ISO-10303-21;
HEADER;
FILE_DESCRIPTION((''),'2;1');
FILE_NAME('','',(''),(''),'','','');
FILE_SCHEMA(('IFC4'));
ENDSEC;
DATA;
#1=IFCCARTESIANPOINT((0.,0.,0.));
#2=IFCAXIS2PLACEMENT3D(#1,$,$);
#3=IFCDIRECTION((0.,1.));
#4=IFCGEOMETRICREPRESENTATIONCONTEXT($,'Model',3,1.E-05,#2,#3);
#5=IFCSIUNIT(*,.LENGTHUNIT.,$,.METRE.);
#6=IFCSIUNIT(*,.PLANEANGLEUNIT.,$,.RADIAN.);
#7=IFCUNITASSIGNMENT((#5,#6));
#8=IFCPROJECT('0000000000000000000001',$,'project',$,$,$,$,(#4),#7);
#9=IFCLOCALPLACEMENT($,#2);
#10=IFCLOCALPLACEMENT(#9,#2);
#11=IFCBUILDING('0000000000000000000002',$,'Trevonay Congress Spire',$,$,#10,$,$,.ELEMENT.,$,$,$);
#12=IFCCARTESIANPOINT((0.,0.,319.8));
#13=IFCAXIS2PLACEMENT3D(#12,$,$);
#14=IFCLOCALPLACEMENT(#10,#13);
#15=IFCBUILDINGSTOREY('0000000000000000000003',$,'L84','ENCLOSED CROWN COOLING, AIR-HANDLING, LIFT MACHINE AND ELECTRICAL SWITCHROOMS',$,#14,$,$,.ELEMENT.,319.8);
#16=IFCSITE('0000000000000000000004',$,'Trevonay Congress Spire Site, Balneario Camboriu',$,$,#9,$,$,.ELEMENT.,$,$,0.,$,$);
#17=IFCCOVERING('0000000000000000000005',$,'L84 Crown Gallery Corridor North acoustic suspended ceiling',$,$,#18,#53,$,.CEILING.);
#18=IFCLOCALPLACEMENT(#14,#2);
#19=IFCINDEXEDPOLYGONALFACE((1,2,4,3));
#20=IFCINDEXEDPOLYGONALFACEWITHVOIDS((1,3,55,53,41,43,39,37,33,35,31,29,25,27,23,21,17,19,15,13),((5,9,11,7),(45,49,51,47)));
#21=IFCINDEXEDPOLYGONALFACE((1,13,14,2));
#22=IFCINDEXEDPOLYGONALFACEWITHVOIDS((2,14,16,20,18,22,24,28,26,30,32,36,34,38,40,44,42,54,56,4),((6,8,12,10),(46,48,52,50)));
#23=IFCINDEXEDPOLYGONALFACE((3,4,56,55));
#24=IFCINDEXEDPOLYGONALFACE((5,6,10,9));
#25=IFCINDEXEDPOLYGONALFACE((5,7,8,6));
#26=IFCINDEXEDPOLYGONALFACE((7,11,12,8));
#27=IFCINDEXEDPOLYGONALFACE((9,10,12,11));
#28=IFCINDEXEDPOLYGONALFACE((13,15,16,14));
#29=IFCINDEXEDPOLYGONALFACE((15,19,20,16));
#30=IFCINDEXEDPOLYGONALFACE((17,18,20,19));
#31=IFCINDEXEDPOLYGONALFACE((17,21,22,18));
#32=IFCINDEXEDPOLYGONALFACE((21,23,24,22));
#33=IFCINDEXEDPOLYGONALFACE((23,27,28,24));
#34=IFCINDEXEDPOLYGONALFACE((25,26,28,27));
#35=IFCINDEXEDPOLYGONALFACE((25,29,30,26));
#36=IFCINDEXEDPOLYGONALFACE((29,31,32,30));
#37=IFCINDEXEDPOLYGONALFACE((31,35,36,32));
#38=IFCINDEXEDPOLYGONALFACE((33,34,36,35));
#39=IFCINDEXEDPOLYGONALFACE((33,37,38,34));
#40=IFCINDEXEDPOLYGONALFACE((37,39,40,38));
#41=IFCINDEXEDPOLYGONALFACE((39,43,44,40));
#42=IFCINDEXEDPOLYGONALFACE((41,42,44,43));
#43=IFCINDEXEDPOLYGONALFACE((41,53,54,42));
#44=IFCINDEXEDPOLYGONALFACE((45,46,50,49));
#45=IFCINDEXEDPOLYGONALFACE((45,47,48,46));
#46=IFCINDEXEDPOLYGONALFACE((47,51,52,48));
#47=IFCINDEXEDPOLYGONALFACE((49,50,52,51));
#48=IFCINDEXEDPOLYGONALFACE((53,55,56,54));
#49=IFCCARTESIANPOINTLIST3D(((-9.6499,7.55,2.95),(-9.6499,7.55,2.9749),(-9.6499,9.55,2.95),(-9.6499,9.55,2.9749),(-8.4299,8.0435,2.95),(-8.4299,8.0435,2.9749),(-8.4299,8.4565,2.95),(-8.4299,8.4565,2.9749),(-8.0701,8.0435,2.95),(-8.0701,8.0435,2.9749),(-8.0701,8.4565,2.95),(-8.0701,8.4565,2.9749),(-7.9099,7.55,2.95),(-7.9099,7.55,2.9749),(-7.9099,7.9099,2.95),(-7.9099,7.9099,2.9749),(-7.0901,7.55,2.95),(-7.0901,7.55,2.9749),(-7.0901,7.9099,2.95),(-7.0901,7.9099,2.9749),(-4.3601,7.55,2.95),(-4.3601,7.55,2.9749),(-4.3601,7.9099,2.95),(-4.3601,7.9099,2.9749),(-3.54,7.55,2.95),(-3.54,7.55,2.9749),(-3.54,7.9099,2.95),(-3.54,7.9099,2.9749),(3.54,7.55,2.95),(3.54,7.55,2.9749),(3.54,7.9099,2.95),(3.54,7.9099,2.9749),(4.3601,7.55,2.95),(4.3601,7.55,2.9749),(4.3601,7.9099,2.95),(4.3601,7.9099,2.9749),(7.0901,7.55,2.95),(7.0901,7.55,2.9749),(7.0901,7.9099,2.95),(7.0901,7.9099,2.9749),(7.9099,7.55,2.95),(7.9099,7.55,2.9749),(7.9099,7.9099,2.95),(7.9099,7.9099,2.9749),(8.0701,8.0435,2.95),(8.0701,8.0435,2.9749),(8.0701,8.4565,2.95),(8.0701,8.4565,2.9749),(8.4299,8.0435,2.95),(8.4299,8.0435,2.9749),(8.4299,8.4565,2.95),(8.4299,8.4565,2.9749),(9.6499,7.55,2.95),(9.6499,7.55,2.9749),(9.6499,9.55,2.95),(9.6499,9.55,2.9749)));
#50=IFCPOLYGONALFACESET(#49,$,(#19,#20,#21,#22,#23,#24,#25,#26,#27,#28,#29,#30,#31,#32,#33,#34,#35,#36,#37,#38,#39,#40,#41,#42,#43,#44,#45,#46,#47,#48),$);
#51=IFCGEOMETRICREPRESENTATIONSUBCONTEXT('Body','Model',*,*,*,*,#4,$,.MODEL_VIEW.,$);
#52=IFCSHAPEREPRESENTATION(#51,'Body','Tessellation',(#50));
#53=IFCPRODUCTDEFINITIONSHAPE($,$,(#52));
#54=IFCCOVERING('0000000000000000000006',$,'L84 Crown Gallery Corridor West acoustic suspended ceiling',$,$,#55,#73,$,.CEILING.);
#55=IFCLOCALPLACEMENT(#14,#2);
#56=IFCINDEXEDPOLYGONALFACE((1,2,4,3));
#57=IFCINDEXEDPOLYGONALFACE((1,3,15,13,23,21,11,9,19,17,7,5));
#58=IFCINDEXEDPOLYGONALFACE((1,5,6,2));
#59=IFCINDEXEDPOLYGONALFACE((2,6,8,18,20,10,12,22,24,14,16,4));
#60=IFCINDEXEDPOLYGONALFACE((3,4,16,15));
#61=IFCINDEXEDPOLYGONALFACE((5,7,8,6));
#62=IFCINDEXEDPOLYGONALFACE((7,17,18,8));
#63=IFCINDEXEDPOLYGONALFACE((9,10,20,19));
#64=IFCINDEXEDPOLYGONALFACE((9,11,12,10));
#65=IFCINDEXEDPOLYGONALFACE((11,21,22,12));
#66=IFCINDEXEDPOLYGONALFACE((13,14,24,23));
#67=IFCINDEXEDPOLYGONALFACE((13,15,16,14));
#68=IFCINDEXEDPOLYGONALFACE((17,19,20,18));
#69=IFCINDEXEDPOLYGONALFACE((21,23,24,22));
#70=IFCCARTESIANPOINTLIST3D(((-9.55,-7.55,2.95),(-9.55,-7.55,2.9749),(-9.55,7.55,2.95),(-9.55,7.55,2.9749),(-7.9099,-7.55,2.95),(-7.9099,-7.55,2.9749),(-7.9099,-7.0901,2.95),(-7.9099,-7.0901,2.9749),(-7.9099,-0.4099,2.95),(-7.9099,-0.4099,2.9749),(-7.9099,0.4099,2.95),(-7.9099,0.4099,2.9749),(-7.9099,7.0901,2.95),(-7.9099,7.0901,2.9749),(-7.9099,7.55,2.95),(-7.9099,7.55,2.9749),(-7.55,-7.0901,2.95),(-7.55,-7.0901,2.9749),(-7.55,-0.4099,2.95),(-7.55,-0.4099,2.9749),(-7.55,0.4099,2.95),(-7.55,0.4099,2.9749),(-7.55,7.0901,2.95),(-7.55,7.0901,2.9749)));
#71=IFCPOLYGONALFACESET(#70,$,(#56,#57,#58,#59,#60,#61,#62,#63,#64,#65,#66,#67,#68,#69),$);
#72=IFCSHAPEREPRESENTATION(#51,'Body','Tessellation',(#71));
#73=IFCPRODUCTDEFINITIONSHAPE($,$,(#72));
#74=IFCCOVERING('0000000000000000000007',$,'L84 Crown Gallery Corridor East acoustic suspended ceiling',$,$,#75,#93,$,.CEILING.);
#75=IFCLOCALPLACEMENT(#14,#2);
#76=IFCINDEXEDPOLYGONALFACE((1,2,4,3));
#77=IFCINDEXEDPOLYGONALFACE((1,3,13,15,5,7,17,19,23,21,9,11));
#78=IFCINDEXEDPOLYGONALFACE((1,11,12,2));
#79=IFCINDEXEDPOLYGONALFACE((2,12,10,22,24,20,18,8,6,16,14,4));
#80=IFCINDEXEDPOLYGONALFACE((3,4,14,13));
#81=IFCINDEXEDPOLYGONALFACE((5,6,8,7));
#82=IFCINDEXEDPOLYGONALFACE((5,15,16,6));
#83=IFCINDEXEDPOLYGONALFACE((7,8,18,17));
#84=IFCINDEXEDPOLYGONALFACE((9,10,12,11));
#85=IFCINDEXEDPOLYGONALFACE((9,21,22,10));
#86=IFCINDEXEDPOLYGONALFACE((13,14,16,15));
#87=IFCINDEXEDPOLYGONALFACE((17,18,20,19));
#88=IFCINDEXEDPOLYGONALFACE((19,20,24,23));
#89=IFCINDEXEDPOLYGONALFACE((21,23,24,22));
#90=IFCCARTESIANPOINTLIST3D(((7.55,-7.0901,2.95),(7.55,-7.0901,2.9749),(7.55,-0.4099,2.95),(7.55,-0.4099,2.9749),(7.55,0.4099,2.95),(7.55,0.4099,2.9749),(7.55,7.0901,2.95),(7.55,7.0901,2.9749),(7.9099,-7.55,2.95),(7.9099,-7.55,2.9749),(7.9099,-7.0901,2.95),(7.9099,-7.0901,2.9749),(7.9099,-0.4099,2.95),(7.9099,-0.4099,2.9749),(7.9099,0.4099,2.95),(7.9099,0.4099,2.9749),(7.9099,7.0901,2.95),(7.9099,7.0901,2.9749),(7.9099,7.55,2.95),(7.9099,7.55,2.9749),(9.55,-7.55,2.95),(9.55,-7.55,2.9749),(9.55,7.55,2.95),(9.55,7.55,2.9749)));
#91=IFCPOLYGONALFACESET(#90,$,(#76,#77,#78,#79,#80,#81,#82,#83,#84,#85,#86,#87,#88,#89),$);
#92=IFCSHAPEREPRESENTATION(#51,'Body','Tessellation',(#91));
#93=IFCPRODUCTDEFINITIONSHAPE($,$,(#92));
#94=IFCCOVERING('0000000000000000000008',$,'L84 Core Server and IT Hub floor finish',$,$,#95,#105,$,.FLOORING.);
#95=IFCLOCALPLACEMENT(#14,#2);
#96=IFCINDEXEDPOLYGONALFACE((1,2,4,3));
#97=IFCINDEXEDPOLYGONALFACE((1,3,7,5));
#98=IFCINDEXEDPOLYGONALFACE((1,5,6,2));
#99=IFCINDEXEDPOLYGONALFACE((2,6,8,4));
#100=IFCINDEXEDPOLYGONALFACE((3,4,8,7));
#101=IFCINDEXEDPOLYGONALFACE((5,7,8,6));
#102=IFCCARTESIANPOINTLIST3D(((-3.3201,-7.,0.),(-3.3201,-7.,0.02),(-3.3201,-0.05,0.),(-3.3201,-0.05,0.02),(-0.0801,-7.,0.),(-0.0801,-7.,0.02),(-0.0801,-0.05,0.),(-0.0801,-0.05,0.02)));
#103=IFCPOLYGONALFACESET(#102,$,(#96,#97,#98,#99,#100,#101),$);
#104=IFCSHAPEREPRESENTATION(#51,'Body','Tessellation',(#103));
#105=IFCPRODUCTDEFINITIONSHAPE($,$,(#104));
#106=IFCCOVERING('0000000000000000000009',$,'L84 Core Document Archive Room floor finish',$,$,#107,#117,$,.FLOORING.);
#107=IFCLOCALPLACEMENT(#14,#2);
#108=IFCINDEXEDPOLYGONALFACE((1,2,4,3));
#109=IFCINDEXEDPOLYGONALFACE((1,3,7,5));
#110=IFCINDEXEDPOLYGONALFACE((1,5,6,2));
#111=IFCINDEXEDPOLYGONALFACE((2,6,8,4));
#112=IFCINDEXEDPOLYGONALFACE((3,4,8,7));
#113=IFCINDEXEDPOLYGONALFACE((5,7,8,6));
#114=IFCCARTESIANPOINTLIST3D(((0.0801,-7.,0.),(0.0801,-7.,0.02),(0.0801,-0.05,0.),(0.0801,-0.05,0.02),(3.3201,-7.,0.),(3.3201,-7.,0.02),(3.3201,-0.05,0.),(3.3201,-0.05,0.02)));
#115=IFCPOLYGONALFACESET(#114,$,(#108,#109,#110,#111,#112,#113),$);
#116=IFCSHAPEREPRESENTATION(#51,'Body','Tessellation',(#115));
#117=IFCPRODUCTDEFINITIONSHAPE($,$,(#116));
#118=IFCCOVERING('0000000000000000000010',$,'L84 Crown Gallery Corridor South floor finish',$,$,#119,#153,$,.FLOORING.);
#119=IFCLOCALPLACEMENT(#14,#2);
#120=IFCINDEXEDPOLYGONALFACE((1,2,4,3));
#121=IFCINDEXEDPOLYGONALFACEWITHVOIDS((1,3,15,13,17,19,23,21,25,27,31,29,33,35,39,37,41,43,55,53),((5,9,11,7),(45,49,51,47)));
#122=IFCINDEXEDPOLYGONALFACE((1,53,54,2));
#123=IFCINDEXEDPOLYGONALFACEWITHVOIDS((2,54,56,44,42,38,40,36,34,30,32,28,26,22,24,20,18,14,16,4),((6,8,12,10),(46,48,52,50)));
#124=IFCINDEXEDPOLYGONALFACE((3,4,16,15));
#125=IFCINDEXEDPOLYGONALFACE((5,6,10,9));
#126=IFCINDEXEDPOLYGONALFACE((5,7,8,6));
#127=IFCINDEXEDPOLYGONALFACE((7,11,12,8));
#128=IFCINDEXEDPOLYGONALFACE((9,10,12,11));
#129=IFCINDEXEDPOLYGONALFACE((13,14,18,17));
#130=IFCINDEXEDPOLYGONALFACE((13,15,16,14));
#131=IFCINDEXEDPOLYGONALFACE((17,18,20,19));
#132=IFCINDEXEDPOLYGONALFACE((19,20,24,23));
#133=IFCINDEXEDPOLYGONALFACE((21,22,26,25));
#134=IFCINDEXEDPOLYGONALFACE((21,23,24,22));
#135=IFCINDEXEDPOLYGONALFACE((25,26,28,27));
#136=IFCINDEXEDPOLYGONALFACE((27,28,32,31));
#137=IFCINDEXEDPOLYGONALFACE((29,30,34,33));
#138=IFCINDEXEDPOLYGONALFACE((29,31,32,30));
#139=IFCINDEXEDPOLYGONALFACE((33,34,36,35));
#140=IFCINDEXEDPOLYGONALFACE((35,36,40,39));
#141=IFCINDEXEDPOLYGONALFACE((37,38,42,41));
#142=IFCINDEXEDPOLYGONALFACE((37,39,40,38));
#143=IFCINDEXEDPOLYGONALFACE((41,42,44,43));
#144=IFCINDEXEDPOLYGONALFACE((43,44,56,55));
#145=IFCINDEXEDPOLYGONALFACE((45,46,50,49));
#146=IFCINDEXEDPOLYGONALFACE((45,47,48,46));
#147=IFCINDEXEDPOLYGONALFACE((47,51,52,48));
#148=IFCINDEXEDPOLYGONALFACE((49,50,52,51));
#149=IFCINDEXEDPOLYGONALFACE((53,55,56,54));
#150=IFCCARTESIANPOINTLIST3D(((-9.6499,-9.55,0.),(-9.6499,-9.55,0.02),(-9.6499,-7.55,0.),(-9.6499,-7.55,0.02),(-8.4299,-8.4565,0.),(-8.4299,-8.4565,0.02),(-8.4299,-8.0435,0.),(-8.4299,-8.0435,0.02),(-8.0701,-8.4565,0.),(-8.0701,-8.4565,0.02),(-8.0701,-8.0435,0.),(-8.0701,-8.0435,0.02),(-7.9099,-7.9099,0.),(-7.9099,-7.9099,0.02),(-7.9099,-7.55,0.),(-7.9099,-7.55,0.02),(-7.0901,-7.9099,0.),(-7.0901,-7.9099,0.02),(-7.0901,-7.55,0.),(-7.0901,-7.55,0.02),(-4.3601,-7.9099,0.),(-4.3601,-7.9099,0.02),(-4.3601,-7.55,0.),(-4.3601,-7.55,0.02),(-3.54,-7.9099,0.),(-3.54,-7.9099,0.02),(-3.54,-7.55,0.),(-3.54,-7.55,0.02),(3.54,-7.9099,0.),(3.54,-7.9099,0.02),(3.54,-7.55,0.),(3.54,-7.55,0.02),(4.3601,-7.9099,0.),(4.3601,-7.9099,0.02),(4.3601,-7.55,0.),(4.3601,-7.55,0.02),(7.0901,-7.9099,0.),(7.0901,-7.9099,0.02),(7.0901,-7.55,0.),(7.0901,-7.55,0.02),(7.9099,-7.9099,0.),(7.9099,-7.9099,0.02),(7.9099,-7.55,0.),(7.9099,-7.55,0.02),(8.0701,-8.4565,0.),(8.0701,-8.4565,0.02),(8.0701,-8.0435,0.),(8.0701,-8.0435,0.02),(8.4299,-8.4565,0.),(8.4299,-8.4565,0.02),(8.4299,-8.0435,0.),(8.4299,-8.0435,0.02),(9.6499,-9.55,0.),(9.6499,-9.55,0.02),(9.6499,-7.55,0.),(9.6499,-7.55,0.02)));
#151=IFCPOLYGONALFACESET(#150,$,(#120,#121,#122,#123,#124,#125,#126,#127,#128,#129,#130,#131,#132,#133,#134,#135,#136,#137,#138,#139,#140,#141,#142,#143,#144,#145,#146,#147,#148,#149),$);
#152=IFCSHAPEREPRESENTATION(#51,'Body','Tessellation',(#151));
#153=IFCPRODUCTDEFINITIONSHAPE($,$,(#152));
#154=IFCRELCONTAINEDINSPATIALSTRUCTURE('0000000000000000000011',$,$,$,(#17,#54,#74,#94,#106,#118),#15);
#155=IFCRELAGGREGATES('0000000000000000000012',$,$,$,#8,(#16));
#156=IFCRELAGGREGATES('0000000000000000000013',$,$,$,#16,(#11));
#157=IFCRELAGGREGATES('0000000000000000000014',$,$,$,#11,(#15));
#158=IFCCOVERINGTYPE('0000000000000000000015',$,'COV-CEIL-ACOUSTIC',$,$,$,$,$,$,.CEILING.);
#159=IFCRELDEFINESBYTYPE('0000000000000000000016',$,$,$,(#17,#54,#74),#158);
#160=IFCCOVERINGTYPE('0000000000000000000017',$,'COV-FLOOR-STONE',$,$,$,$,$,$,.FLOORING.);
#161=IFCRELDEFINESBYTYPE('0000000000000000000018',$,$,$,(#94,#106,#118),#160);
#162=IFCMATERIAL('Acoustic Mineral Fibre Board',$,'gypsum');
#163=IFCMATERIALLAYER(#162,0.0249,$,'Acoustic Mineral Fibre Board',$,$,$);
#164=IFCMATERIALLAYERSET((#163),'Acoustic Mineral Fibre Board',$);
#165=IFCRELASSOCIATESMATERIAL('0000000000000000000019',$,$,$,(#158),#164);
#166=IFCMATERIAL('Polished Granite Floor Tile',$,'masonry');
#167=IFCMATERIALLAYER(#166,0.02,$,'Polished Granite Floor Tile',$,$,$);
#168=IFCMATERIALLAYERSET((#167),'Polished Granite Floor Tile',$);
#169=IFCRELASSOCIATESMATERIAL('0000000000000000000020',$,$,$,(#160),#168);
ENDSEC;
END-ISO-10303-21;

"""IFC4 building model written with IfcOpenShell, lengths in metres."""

from ifc_helpers import new_model, si_unit, direction, frame, origin, place, context, subcontext, project, spatial, polyline, outline, extrude, material, layer, layer_set, type_object, element, save


model = new_model("IFC4")

# Units and contexts
model_context = context("Model", 3, precision=1e-05, world=origin(), true_north=direction((0.0, 1.0)))
body_context = subcontext(model_context, "Body", "Model", "MODEL_VIEW")
ifc_project = project(units=[si_unit("LENGTHUNIT", "METRE"), si_unit("PLANEANGLEUNIT", "RADIAN")], contexts=[model_context])

# Site, building, storey
site_placement = place(None, origin())
site = spatial("IfcSite", under=ifc_project, at=site_placement, Name="Trevonay Congress Spire Site, Balneario Camboriu", CompositionType="ELEMENT", RefElevation=0.0)
building_placement = place(site_placement, origin())
building = spatial("IfcBuilding", under=site, at=building_placement, Name="Trevonay Congress Spire", CompositionType="ELEMENT")
storey_placement = place(building_placement, frame((0.0, 0.0, 319.8)))
storey = spatial("IfcBuildingStorey", under=building, at=storey_placement, Name="L84", Description="ENCLOSED CROWN COOLING, AIR-HANDLING, LIFT MACHINE AND ELECTRICAL SWITCHROOMS", CompositionType="ELEMENT", Elevation=319.8)

# Coverings
ifc_material_1 = material(Name="Acoustic Mineral Fibre Board", Category="gypsum")
ifc_layer_1 = layer(ifc_material_1, 0.0249, Name="Acoustic Mineral Fibre Board")
ifc_layer_set_1 = layer_set([ifc_layer_1], Name="Acoustic Mineral Fibre Board")
covering_type_1 = type_object("IfcCoveringType", Name="COV-CEIL-ACOUSTIC", PredefinedType="CEILING", material=ifc_layer_set_1)
covering_1_placement = place(storey_placement, frame((0.0, 0.0, 2.95)))
element("IfcCovering", 1, at=covering_1_placement, inside=storey, type_object=covering_type_1, Name="L84 Crown Gallery Corridor North acoustic suspended ceiling", PredefinedType="CEILING", context=body_context, shape_type="SweptSolid", body=[
    extrude(outline(polyline([(-9.6499, 7.55), (-9.6499, 9.55), (9.6499, 9.55), (9.6499, 7.55), (7.9099, 7.55), (7.9099, 7.9099), (7.0901, 7.9099), (7.0901, 7.55), (4.3601, 7.55), (4.3601, 7.9099), (3.54, 7.9099), (3.54, 7.55), (-3.54, 7.55), (-3.54, 7.9099), (-4.3601, 7.9099), (-4.3601, 7.55), (-7.0901, 7.55), (-7.0901, 7.9099), (-7.9099, 7.9099), (-7.9099, 7.55), (-9.6499, 7.55)]), holes=[polyline([(-8.0701, 8.4565), (-8.4299, 8.4565), (-8.4299, 8.0435), (-8.0701, 8.0435), (-8.0701, 8.4565)]), polyline([(8.4299, 8.4565), (8.0701, 8.4565), (8.0701, 8.0435), (8.4299, 8.0435), (8.4299, 8.4565)])]), origin(), (0.0, 0.0, 1.0), 0.0249),
])
covering_2_placement = place(storey_placement, frame((0.0, 0.0, 2.95)))
element("IfcCovering", 2, at=covering_2_placement, inside=storey, type_object=covering_type_1, Name="L84 Crown Gallery Corridor West acoustic suspended ceiling", PredefinedType="CEILING", context=body_context, shape_type="SweptSolid", body=[
    extrude(outline(polyline([(-9.55, 7.55), (-7.9099, 7.55), (-7.9099, 7.0901), (-7.55, 7.0901), (-7.55, 0.4099), (-7.9099, 0.4099), (-7.9099, -0.4099), (-7.55, -0.4099), (-7.55, -7.0901), (-7.9099, -7.0901), (-7.9099, -7.55), (-9.55, -7.55), (-9.55, 7.55)])), origin(), (0.0, 0.0, 1.0), 0.0249),
])
covering_3_placement = place(storey_placement, frame((0.0, 0.0, 2.95)))
element("IfcCovering", 3, at=covering_3_placement, inside=storey, type_object=covering_type_1, Name="L84 Crown Gallery Corridor East acoustic suspended ceiling", PredefinedType="CEILING", context=body_context, shape_type="SweptSolid", body=[
    extrude(outline(polyline([(9.55, -7.55), (7.9099, -7.55), (7.9099, -7.0901), (7.55, -7.0901), (7.55, -0.4099), (7.9099, -0.4099), (7.9099, 0.4099), (7.55, 0.4099), (7.55, 7.0901), (7.9099, 7.0901), (7.9099, 7.55), (9.55, 7.55), (9.55, -7.55)])), origin(), (0.0, 0.0, 1.0), 0.0249),
])
ifc_material_2 = material(Name="Polished Granite Floor Tile", Category="masonry")
ifc_layer_2 = layer(ifc_material_2, 0.02, Name="Polished Granite Floor Tile")
ifc_layer_set_2 = layer_set([ifc_layer_2], Name="Polished Granite Floor Tile")
covering_type_2 = type_object("IfcCoveringType", Name="COV-FLOOR-STONE", PredefinedType="FLOORING", material=ifc_layer_set_2)
covering_4_placement = place(storey_placement, origin())
element("IfcCovering", 4, at=covering_4_placement, inside=storey, type_object=covering_type_2, Name="L84 Core Server and IT Hub floor finish", PredefinedType="FLOORING", context=body_context, shape_type="SweptSolid", body=[
    extrude(outline(polyline([(-3.3201, -7.0), (-0.0801, -7.0), (-0.0801, -0.05), (-3.3201, -0.05), (-3.3201, -7.0)])), origin(), (0.0, 0.0, 1.0), 0.02),
])
covering_5_placement = place(storey_placement, origin())
element("IfcCovering", 5, at=covering_5_placement, inside=storey, type_object=covering_type_2, Name="L84 Core Document Archive Room floor finish", PredefinedType="FLOORING", context=body_context, shape_type="SweptSolid", body=[
    extrude(outline(polyline([(0.0801, -7.0), (3.3201, -7.0), (3.3201, -0.05), (0.0801, -0.05), (0.0801, -7.0)])), origin(), (0.0, 0.0, 1.0), 0.02),
])
covering_6_placement = place(storey_placement, origin())
element("IfcCovering", 6, at=covering_6_placement, inside=storey, type_object=covering_type_2, Name="L84 Crown Gallery Corridor South floor finish", PredefinedType="FLOORING", context=body_context, shape_type="SweptSolid", body=[
    extrude(outline(polyline([(9.6499, -7.55), (9.6499, -9.55), (-9.6499, -9.55), (-9.6499, -7.55), (-7.9099, -7.55), (-7.9099, -7.9099), (-7.0901, -7.9099), (-7.0901, -7.55), (-4.3601, -7.55), (-4.3601, -7.9099), (-3.54, -7.9099), (-3.54, -7.55), (3.54, -7.55), (3.54, -7.9099), (4.3601, -7.9099), (4.3601, -7.55), (7.0901, -7.55), (7.0901, -7.9099), (7.9099, -7.9099), (7.9099, -7.55), (9.6499, -7.55)]), holes=[polyline([(-8.4299, -8.0435), (-8.4299, -8.4565), (-8.0701, -8.4565), (-8.0701, -8.0435), (-8.4299, -8.0435)]), polyline([(8.4299, -8.0435), (8.0701, -8.0435), (8.0701, -8.4565), (8.4299, -8.4565), (8.4299, -8.0435)])]), origin(), (0.0, 0.0, 1.0), 0.02),
])

save(model, "model.ifc")
